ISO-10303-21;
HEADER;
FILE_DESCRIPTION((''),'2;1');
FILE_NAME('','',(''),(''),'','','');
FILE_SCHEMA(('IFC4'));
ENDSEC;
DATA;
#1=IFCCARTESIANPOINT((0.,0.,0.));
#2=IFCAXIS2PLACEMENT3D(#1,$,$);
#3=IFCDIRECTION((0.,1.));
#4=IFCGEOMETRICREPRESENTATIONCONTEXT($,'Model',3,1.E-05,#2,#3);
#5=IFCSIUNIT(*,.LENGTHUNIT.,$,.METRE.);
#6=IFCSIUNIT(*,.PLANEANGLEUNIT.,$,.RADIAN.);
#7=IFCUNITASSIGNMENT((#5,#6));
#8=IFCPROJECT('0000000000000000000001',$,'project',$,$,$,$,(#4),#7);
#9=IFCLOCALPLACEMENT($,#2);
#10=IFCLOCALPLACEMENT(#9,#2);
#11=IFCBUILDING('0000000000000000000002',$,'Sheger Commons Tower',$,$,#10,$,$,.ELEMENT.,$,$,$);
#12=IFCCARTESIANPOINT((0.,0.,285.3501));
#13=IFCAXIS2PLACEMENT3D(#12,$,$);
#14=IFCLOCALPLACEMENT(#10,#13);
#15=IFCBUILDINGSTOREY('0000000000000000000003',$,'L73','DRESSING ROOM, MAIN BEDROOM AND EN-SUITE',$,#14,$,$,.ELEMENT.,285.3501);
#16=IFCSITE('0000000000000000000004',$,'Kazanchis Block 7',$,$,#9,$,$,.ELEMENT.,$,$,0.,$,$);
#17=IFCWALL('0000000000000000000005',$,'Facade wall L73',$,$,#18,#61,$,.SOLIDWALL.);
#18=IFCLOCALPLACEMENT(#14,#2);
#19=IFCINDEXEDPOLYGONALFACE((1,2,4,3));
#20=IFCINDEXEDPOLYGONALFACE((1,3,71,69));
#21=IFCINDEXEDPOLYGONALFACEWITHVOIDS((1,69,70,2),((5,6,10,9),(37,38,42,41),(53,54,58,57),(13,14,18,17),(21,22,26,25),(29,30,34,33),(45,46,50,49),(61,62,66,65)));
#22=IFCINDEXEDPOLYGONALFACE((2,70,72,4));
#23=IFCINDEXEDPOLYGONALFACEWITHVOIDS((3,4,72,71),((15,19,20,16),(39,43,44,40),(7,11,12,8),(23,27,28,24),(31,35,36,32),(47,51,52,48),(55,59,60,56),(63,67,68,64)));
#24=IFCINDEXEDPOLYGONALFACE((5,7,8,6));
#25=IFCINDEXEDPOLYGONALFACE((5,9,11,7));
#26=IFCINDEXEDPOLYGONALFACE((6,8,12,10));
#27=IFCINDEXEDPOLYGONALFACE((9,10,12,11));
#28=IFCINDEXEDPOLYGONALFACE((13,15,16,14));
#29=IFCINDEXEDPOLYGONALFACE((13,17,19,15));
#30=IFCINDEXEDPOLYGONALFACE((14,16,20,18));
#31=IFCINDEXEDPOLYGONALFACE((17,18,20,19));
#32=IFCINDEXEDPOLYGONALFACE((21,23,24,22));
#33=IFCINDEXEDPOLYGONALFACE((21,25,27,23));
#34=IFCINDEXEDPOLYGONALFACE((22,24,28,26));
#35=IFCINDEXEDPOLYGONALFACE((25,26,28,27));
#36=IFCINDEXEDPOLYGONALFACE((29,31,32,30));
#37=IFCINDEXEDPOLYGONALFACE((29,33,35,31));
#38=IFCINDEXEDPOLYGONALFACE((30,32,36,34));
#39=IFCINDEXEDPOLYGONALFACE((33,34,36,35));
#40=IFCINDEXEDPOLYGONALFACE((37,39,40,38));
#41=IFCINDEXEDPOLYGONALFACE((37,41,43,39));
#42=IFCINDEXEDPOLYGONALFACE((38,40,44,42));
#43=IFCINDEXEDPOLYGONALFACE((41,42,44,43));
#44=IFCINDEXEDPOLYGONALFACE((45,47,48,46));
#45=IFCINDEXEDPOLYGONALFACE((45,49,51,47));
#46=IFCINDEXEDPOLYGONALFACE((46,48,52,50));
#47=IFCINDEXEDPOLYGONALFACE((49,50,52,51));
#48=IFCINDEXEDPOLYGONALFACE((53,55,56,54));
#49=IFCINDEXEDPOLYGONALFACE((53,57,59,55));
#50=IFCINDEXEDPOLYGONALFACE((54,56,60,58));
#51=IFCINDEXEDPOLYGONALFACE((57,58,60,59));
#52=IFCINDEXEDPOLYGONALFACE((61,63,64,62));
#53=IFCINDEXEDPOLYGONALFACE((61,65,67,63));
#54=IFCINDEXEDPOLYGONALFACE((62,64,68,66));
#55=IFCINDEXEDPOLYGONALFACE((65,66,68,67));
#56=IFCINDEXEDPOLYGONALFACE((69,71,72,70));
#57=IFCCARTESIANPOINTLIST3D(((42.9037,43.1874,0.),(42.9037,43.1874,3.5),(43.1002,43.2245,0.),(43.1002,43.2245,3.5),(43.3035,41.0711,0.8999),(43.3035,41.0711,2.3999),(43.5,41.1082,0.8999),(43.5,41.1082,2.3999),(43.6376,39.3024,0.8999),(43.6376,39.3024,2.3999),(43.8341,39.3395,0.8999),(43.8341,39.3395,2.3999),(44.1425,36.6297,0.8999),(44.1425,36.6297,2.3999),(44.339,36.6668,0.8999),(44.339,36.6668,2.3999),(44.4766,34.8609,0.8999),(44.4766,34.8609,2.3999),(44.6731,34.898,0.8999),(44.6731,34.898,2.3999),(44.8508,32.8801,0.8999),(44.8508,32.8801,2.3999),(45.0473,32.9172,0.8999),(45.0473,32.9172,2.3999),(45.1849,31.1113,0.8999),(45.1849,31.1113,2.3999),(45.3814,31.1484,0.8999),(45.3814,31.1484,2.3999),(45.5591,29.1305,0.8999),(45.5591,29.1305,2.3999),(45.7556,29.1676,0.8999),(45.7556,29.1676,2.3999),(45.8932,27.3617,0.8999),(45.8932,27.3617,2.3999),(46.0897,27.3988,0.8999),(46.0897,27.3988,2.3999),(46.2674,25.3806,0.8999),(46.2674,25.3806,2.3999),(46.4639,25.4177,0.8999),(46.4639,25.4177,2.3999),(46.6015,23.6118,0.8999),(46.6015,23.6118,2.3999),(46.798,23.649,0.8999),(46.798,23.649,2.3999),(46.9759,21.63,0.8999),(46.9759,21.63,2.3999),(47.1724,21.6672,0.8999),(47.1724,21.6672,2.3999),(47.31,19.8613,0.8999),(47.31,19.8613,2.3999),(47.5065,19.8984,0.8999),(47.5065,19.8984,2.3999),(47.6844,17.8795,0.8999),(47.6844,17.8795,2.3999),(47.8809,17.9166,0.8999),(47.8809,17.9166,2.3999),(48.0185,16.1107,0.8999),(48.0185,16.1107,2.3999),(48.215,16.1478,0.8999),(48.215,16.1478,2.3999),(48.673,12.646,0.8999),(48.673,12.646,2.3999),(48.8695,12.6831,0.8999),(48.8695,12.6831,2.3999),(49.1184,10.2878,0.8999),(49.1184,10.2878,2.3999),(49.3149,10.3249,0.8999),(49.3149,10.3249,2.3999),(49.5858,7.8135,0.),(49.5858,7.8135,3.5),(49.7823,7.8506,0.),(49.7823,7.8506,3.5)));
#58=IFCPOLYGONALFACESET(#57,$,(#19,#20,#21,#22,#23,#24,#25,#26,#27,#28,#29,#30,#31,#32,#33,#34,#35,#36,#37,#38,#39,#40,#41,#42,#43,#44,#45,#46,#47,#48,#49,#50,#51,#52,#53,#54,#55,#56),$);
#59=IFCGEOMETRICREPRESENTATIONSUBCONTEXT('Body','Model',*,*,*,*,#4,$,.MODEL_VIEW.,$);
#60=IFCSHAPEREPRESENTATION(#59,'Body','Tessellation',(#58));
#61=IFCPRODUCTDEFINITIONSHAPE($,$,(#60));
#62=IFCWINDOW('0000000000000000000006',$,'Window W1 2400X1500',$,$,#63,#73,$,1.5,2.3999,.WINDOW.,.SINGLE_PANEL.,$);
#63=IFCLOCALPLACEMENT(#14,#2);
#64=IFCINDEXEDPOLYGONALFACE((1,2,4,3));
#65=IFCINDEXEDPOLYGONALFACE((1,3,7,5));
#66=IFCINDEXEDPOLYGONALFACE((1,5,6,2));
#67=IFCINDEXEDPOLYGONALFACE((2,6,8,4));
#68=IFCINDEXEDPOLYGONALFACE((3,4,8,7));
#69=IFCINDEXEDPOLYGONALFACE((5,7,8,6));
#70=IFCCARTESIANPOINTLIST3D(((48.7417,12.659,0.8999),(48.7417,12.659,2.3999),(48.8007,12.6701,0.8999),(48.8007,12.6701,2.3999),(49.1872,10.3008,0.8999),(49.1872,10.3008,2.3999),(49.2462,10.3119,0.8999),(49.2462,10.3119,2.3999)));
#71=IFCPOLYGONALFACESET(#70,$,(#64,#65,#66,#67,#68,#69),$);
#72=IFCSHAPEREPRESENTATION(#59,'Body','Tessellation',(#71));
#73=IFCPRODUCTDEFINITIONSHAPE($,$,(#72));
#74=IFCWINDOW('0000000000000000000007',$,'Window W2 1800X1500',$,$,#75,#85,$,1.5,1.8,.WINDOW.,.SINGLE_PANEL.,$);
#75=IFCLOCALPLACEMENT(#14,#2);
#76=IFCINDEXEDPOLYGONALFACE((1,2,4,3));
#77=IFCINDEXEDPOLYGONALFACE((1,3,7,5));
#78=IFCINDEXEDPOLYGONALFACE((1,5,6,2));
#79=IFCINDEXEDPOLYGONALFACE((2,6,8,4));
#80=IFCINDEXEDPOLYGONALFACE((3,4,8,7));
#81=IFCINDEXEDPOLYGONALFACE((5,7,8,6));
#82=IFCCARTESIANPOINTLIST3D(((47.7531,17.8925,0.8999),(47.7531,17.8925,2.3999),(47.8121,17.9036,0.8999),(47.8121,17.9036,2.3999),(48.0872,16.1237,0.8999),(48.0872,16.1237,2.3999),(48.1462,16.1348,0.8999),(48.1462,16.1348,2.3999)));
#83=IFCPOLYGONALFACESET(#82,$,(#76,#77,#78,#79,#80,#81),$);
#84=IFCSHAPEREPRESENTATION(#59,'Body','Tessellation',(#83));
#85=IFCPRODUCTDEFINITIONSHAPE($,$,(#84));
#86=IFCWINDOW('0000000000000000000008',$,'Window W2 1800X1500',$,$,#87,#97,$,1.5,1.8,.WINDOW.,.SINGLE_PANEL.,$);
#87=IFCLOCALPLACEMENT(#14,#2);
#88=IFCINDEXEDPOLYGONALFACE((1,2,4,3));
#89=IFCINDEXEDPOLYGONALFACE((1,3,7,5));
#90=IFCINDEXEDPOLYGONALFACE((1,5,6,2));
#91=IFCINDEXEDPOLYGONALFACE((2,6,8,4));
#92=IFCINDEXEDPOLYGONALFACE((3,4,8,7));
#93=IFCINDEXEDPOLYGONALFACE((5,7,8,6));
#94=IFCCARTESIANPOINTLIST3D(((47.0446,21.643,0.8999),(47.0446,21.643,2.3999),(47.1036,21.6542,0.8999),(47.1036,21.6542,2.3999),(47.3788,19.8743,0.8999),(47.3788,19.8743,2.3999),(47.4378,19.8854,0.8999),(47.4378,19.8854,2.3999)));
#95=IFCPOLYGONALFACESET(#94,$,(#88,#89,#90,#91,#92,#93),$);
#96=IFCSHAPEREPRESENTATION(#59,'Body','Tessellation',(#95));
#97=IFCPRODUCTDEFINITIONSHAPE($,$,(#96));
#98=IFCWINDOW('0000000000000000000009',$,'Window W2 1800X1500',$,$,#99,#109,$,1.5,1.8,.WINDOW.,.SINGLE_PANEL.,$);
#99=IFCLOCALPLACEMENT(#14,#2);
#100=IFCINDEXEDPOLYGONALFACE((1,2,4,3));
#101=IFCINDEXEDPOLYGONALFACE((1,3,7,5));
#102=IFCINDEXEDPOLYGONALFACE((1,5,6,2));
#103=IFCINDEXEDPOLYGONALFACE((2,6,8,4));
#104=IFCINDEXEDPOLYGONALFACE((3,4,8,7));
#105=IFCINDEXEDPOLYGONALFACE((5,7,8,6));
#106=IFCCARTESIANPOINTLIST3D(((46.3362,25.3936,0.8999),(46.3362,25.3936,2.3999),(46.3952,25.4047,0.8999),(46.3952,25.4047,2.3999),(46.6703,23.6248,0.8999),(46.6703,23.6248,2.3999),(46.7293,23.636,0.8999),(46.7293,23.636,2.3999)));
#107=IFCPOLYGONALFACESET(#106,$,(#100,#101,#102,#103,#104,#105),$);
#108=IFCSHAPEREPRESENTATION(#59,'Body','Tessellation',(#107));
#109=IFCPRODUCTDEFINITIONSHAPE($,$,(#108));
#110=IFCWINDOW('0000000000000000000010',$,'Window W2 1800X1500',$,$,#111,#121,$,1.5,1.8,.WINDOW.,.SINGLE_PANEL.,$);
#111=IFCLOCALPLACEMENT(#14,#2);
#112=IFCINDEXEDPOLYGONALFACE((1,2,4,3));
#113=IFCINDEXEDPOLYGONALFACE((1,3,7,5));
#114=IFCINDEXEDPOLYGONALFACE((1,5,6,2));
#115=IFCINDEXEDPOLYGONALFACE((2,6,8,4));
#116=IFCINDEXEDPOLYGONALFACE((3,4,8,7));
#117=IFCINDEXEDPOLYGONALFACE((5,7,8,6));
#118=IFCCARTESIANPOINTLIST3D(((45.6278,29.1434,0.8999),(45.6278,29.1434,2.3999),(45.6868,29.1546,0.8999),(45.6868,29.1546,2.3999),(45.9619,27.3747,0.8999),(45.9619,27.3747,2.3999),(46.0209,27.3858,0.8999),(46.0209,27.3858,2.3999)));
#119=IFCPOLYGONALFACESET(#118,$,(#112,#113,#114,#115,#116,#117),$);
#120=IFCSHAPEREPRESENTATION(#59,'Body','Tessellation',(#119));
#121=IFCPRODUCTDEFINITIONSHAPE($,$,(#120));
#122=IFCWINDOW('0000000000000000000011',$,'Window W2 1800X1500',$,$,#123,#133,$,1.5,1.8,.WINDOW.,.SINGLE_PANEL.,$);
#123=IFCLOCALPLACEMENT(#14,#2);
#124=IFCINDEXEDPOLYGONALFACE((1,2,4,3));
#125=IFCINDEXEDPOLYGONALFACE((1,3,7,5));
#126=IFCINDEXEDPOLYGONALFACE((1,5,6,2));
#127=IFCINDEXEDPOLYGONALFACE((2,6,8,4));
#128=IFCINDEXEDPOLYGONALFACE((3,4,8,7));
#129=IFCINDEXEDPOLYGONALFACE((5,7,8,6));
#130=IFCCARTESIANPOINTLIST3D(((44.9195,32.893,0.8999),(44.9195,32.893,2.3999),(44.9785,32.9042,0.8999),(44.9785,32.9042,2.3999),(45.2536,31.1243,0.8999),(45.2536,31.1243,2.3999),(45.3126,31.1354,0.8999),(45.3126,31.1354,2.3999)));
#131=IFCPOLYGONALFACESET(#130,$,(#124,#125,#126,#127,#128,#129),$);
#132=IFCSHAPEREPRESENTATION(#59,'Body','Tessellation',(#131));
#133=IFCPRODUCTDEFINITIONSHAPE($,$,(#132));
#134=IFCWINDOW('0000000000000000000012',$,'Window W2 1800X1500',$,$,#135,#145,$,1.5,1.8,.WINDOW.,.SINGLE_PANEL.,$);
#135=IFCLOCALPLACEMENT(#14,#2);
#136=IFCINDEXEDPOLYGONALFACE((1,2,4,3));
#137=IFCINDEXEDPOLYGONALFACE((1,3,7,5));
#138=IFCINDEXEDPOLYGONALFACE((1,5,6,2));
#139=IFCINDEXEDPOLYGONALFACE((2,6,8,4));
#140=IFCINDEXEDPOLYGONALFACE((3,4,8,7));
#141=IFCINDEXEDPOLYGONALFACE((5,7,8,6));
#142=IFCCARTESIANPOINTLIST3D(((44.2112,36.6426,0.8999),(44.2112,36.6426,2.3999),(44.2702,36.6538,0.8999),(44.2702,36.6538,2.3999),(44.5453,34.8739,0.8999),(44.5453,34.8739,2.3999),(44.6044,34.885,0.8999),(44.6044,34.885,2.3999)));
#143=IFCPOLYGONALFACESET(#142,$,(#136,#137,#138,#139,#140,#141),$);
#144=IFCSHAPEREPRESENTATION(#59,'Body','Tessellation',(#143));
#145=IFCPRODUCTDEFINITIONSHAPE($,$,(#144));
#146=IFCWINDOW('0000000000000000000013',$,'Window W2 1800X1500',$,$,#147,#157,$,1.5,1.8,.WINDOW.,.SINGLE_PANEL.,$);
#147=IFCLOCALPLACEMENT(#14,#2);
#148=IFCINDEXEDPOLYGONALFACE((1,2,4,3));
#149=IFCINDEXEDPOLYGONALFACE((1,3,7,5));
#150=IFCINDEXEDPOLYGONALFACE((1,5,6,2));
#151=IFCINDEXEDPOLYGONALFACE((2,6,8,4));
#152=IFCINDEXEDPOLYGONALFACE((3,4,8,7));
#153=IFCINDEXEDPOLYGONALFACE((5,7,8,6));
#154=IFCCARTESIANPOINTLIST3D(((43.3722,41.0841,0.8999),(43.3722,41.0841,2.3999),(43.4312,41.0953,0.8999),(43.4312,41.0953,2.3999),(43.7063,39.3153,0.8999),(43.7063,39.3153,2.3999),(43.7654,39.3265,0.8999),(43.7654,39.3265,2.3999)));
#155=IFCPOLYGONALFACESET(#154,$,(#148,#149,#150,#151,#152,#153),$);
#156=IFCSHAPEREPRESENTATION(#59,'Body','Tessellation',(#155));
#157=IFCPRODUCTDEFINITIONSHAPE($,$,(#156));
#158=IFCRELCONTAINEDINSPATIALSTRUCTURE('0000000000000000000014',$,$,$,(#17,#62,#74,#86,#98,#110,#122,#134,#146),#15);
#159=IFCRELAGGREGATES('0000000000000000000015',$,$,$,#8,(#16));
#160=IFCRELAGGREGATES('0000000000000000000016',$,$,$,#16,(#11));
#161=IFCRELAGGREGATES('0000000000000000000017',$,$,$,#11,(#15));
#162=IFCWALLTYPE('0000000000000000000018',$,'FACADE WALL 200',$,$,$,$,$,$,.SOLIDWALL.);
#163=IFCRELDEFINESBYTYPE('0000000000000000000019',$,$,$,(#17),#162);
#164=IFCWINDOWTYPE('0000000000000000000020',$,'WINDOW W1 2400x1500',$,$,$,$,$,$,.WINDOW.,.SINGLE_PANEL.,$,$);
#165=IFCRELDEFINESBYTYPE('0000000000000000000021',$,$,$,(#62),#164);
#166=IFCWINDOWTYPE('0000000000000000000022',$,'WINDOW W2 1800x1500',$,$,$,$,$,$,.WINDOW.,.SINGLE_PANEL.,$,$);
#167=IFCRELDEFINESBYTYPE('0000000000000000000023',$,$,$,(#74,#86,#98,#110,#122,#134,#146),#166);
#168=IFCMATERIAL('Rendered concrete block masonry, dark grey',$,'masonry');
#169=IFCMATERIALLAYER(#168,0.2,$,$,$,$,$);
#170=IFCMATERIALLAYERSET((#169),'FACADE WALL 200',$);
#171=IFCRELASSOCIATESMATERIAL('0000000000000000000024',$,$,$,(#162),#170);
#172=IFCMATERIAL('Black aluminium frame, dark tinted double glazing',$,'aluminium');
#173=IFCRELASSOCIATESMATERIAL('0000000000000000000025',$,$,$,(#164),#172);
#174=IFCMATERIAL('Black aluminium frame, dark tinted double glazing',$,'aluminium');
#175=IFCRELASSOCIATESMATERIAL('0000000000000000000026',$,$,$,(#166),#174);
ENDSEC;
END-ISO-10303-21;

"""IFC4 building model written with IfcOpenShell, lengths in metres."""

from ifc_helpers import new_model, si_unit, direction, frame, frame_2d, origin, place, context, subcontext, project, spatial, rectangle, extrude, material, layer, layer_set, type_object, element, fill, save


model = new_model("IFC4")

# Units and contexts
model_context = context("Model", 3, precision=1e-05, world=origin(), true_north=direction((0.0, 1.0)))
body_context = subcontext(model_context, "Body", "Model", "MODEL_VIEW")
ifc_project = project(units=[si_unit("LENGTHUNIT", "METRE"), si_unit("PLANEANGLEUNIT", "RADIAN")], contexts=[model_context])

# Site, building, storey
site_placement = place(None, origin())
site = spatial("IfcSite", under=ifc_project, at=site_placement, Name="Kazanchis Block 7", CompositionType="ELEMENT", RefElevation=0.0)
building_placement = place(site_placement, origin())
building = spatial("IfcBuilding", under=site, at=building_placement, Name="Sheger Commons Tower", CompositionType="ELEMENT")
storey_placement = place(building_placement, frame((0.0, 0.0, 285.3501)))
storey = spatial("IfcBuildingStorey", under=building, at=storey_placement, Name="L73", Description="DRESSING ROOM, MAIN BEDROOM AND EN-SUITE", CompositionType="ELEMENT", Elevation=285.3501)

# Shared definitions
ifc_material_1 = material(Name="Rendered concrete block masonry, dark grey", Category="masonry")
ifc_layer_1 = layer(ifc_material_1, 0.2)
ifc_layer_set_1 = layer_set([ifc_layer_1], Name="FACADE WALL 200")
wall_type_1 = type_object("IfcWallType", Name="FACADE WALL 200", PredefinedType="SOLIDWALL", material=ifc_layer_set_1)

# Wall, openings, windows
wall_1_placement = place(storey_placement, frame((49.6841, 7.832, 0.0), z_axis=(0.0, 0.0, 1.0), x_axis=(-0.185617, 0.982622, 0.0)))
wall_1 = element("IfcWall", 1, at=wall_1_placement, inside=storey, type_object=wall_type_1, Name="Facade wall L73", PredefinedType="SOLIDWALL", context=body_context, shape_type="SweptSolid", body=[
    extrude(rectangle(XDim=35.9995, YDim=0.2, at=frame_2d((17.9998, 0.0))), origin(), (0.0, 0.0, 1.0), 3.5),
])
opening_1_placement = place(wall_1_placement, frame((2.5181, 0.0, 0.8999)))
opening_1 = element("IfcOpeningElement", 2, at=opening_1_placement, cuts=wall_1, PredefinedType="OPENING", context=body_context, shape_type="SweptSolid", body=[
    extrude(rectangle(XDim=2.3999, YDim=1.5, at=frame_2d((1.2, 0.75))), frame((0.0, 0.1099, 0.0), z_axis=(0.0, -1.0, 0.0), x_axis=(1.0, 0.0, 0.0)), (0.0, 0.0, 1.0), 0.22),
])
opening_2_placement = place(wall_1_placement, frame((8.4441, 0.0, 0.8999)))
opening_2 = element("IfcOpeningElement", 3, at=opening_2_placement, cuts=wall_1, PredefinedType="OPENING", context=body_context, shape_type="SweptSolid", body=[
    extrude(rectangle(XDim=1.8, YDim=1.5, at=frame_2d((0.8999, 0.75))), frame((0.0, 0.1099, 0.0), z_axis=(0.0, -1.0, 0.0), x_axis=(1.0, 0.0, 0.0)), (0.0, 0.0, 1.0), 0.22),
])
opening_3_placement = place(wall_1_placement, frame((12.261, 0.0, 0.8999)))
opening_3 = element("IfcOpeningElement", 4, at=opening_3_placement, cuts=wall_1, PredefinedType="OPENING", context=body_context, shape_type="SweptSolid", body=[
    extrude(rectangle(XDim=1.8, YDim=1.5, at=frame_2d((0.8999, 0.75))), frame((0.0, 0.1099, 0.0), z_axis=(0.0, -1.0, 0.0), x_axis=(1.0, 0.0, 0.0)), (0.0, 0.0, 1.0), 0.22),
])
opening_4_placement = place(wall_1_placement, frame((16.0779, 0.0, 0.8999)))
opening_4 = element("IfcOpeningElement", 5, at=opening_4_placement, cuts=wall_1, PredefinedType="OPENING", context=body_context, shape_type="SweptSolid", body=[
    extrude(rectangle(XDim=1.8, YDim=1.5, at=frame_2d((0.8999, 0.75))), frame((0.0, 0.1099, 0.0), z_axis=(0.0, -1.0, 0.0), x_axis=(1.0, 0.0, 0.0)), (0.0, 0.0, 1.0), 0.22),
])
opening_5_placement = place(wall_1_placement, frame((19.894, 0.0, 0.8999)))
opening_5 = element("IfcOpeningElement", 6, at=opening_5_placement, cuts=wall_1, PredefinedType="OPENING", context=body_context, shape_type="SweptSolid", body=[
    extrude(rectangle(XDim=1.8, YDim=1.5, at=frame_2d((0.8999, 0.75))), frame((0.0, 0.1099, 0.0), z_axis=(0.0, -1.0, 0.0), x_axis=(1.0, 0.0, 0.0)), (0.0, 0.0, 1.0), 0.22),
])
opening_6_placement = place(wall_1_placement, frame((23.71, 0.0, 0.8999)))
opening_6 = element("IfcOpeningElement", 7, at=opening_6_placement, cuts=wall_1, PredefinedType="OPENING", context=body_context, shape_type="SweptSolid", body=[
    extrude(rectangle(XDim=1.8, YDim=1.5, at=frame_2d((0.8999, 0.75))), frame((0.0, 0.1099, 0.0), z_axis=(0.0, -1.0, 0.0), x_axis=(1.0, 0.0, 0.0)), (0.0, 0.0, 1.0), 0.22),
])
opening_7_placement = place(wall_1_placement, frame((27.5259, 0.0, 0.8999)))
opening_7 = element("IfcOpeningElement", 8, at=opening_7_placement, cuts=wall_1, PredefinedType="OPENING", context=body_context, shape_type="SweptSolid", body=[
    extrude(rectangle(XDim=1.8, YDim=1.5, at=frame_2d((0.8999, 0.75))), frame((0.0, 0.1099, 0.0), z_axis=(0.0, -1.0, 0.0), x_axis=(1.0, 0.0, 0.0)), (0.0, 0.0, 1.0), 0.22),
])
opening_8_placement = place(wall_1_placement, frame((32.0459, 0.0, 0.8999)))
opening_8 = element("IfcOpeningElement", 9, at=opening_8_placement, cuts=wall_1, PredefinedType="OPENING", context=body_context, shape_type="SweptSolid", body=[
    extrude(rectangle(XDim=1.8, YDim=1.5, at=frame_2d((0.8999, 0.75))), frame((0.0, 0.1099, 0.0), z_axis=(0.0, -1.0, 0.0), x_axis=(1.0, 0.0, 0.0)), (0.0, 0.0, 1.0), 0.22),
])
ifc_material_2 = material(Name="Black aluminium frame, dark tinted double glazing", Category="aluminium")
window_type_1 = type_object("IfcWindowType", Name="WINDOW W1 2400x1500", PartitioningType="SINGLE_PANEL", PredefinedType="WINDOW", material=ifc_material_2)
window_1_placement = place(opening_1_placement, origin())
window_1 = element("IfcWindow", 10, at=window_1_placement, inside=storey, type_object=window_type_1, Name="Window W1 2400X1500", OverallHeight=1.5, OverallWidth=2.3999, PartitioningType="SINGLE_PANEL", PredefinedType="WINDOW", context=body_context, shape_type="SweptSolid", body=[
    extrude(rectangle(XDim=2.3999, YDim=1.5, at=frame_2d((1.2, 0.75))), frame((0.0, 0.03, 0.0), z_axis=(0.0, -1.0, 0.0), x_axis=(1.0, 0.0, 0.0)), (0.0, 0.0, 1.0), 0.0601),
])
fill(opening_1, window_1)
ifc_material_3 = material(Name="Black aluminium frame, dark tinted double glazing", Category="aluminium")
window_type_2 = type_object("IfcWindowType", Name="WINDOW W2 1800x1500", PartitioningType="SINGLE_PANEL", PredefinedType="WINDOW", material=ifc_material_3)
window_2_placement = place(opening_2_placement, origin())
window_2 = element("IfcWindow", 11, at=window_2_placement, inside=storey, type_object=window_type_2, Name="Window W2 1800X1500", OverallHeight=1.5, OverallWidth=1.8, PartitioningType="SINGLE_PANEL", PredefinedType="WINDOW", context=body_context, shape_type="SweptSolid", body=[
    extrude(rectangle(XDim=1.8, YDim=1.5, at=frame_2d((0.8999, 0.75))), frame((0.0, 0.03, 0.0), z_axis=(0.0, -1.0, 0.0), x_axis=(1.0, 0.0, 0.0)), (0.0, 0.0, 1.0), 0.0601),
])
fill(opening_2, window_2)
window_3_placement = place(opening_3_placement, origin())
window_3 = element("IfcWindow", 12, at=window_3_placement, inside=storey, type_object=window_type_2, Name="Window W2 1800X1500", OverallHeight=1.5, OverallWidth=1.8, PartitioningType="SINGLE_PANEL", PredefinedType="WINDOW", context=body_context, shape_type="SweptSolid", body=[
    extrude(rectangle(XDim=1.8, YDim=1.5, at=frame_2d((0.8999, 0.75))), frame((0.0, 0.03, 0.0), z_axis=(0.0, -1.0, 0.0), x_axis=(1.0, 0.0, 0.0)), (0.0, 0.0, 1.0), 0.0601),
])
fill(opening_3, window_3)
window_4_placement = place(opening_4_placement, origin())
window_4 = element("IfcWindow", 13, at=window_4_placement, inside=storey, type_object=window_type_2, Name="Window W2 1800X1500", OverallHeight=1.5, OverallWidth=1.8, PartitioningType="SINGLE_PANEL", PredefinedType="WINDOW", context=body_context, shape_type="SweptSolid", body=[
    extrude(rectangle(XDim=1.8, YDim=1.5, at=frame_2d((0.8999, 0.75))), frame((0.0, 0.03, 0.0), z_axis=(0.0, -1.0, 0.0), x_axis=(1.0, 0.0, 0.0)), (0.0, 0.0, 1.0), 0.0601),
])
fill(opening_4, window_4)
window_5_placement = place(opening_5_placement, origin())
window_5 = element("IfcWindow", 14, at=window_5_placement, inside=storey, type_object=window_type_2, Name="Window W2 1800X1500", OverallHeight=1.5, OverallWidth=1.8, PartitioningType="SINGLE_PANEL", PredefinedType="WINDOW", context=body_context, shape_type="SweptSolid", body=[
    extrude(rectangle(XDim=1.8, YDim=1.5, at=frame_2d((0.8999, 0.75))), frame((0.0, 0.03, 0.0), z_axis=(0.0, -1.0, 0.0), x_axis=(1.0, 0.0, 0.0)), (0.0, 0.0, 1.0), 0.0601),
])
fill(opening_5, window_5)
window_6_placement = place(opening_6_placement, origin())
window_6 = element("IfcWindow", 15, at=window_6_placement, inside=storey, type_object=window_type_2, Name="Window W2 1800X1500", OverallHeight=1.5, OverallWidth=1.8, PartitioningType="SINGLE_PANEL", PredefinedType="WINDOW", context=body_context, shape_type="SweptSolid", body=[
    extrude(rectangle(XDim=1.8, YDim=1.5, at=frame_2d((0.8999, 0.75))), frame((0.0, 0.03, 0.0), z_axis=(0.0, -1.0, 0.0), x_axis=(1.0, 0.0, 0.0)), (0.0, 0.0, 1.0), 0.0601),
])
fill(opening_6, window_6)
window_7_placement = place(opening_7_placement, origin())
window_7 = element("IfcWindow", 16, at=window_7_placement, inside=storey, type_object=window_type_2, Name="Window W2 1800X1500", OverallHeight=1.5, OverallWidth=1.8, PartitioningType="SINGLE_PANEL", PredefinedType="WINDOW", context=body_context, shape_type="SweptSolid", body=[
    extrude(rectangle(XDim=1.8, YDim=1.5, at=frame_2d((0.8999, 0.75))), frame((0.0, 0.03, 0.0), z_axis=(0.0, -1.0, 0.0), x_axis=(1.0, 0.0, 0.0)), (0.0, 0.0, 1.0), 0.0601),
])
fill(opening_7, window_7)
window_8_placement = place(opening_8_placement, origin())
window_8 = element("IfcWindow", 17, at=window_8_placement, inside=storey, type_object=window_type_2, Name="Window W2 1800X1500", OverallHeight=1.5, OverallWidth=1.8, PartitioningType="SINGLE_PANEL", PredefinedType="WINDOW", context=body_context, shape_type="SweptSolid", body=[
    extrude(rectangle(XDim=1.8, YDim=1.5, at=frame_2d((0.8999, 0.75))), frame((0.0, 0.03, 0.0), z_axis=(0.0, -1.0, 0.0), x_axis=(1.0, 0.0, 0.0)), (0.0, 0.0, 1.0), 0.0601),
])
fill(opening_8, window_8)

save(model, "model.ifc")
